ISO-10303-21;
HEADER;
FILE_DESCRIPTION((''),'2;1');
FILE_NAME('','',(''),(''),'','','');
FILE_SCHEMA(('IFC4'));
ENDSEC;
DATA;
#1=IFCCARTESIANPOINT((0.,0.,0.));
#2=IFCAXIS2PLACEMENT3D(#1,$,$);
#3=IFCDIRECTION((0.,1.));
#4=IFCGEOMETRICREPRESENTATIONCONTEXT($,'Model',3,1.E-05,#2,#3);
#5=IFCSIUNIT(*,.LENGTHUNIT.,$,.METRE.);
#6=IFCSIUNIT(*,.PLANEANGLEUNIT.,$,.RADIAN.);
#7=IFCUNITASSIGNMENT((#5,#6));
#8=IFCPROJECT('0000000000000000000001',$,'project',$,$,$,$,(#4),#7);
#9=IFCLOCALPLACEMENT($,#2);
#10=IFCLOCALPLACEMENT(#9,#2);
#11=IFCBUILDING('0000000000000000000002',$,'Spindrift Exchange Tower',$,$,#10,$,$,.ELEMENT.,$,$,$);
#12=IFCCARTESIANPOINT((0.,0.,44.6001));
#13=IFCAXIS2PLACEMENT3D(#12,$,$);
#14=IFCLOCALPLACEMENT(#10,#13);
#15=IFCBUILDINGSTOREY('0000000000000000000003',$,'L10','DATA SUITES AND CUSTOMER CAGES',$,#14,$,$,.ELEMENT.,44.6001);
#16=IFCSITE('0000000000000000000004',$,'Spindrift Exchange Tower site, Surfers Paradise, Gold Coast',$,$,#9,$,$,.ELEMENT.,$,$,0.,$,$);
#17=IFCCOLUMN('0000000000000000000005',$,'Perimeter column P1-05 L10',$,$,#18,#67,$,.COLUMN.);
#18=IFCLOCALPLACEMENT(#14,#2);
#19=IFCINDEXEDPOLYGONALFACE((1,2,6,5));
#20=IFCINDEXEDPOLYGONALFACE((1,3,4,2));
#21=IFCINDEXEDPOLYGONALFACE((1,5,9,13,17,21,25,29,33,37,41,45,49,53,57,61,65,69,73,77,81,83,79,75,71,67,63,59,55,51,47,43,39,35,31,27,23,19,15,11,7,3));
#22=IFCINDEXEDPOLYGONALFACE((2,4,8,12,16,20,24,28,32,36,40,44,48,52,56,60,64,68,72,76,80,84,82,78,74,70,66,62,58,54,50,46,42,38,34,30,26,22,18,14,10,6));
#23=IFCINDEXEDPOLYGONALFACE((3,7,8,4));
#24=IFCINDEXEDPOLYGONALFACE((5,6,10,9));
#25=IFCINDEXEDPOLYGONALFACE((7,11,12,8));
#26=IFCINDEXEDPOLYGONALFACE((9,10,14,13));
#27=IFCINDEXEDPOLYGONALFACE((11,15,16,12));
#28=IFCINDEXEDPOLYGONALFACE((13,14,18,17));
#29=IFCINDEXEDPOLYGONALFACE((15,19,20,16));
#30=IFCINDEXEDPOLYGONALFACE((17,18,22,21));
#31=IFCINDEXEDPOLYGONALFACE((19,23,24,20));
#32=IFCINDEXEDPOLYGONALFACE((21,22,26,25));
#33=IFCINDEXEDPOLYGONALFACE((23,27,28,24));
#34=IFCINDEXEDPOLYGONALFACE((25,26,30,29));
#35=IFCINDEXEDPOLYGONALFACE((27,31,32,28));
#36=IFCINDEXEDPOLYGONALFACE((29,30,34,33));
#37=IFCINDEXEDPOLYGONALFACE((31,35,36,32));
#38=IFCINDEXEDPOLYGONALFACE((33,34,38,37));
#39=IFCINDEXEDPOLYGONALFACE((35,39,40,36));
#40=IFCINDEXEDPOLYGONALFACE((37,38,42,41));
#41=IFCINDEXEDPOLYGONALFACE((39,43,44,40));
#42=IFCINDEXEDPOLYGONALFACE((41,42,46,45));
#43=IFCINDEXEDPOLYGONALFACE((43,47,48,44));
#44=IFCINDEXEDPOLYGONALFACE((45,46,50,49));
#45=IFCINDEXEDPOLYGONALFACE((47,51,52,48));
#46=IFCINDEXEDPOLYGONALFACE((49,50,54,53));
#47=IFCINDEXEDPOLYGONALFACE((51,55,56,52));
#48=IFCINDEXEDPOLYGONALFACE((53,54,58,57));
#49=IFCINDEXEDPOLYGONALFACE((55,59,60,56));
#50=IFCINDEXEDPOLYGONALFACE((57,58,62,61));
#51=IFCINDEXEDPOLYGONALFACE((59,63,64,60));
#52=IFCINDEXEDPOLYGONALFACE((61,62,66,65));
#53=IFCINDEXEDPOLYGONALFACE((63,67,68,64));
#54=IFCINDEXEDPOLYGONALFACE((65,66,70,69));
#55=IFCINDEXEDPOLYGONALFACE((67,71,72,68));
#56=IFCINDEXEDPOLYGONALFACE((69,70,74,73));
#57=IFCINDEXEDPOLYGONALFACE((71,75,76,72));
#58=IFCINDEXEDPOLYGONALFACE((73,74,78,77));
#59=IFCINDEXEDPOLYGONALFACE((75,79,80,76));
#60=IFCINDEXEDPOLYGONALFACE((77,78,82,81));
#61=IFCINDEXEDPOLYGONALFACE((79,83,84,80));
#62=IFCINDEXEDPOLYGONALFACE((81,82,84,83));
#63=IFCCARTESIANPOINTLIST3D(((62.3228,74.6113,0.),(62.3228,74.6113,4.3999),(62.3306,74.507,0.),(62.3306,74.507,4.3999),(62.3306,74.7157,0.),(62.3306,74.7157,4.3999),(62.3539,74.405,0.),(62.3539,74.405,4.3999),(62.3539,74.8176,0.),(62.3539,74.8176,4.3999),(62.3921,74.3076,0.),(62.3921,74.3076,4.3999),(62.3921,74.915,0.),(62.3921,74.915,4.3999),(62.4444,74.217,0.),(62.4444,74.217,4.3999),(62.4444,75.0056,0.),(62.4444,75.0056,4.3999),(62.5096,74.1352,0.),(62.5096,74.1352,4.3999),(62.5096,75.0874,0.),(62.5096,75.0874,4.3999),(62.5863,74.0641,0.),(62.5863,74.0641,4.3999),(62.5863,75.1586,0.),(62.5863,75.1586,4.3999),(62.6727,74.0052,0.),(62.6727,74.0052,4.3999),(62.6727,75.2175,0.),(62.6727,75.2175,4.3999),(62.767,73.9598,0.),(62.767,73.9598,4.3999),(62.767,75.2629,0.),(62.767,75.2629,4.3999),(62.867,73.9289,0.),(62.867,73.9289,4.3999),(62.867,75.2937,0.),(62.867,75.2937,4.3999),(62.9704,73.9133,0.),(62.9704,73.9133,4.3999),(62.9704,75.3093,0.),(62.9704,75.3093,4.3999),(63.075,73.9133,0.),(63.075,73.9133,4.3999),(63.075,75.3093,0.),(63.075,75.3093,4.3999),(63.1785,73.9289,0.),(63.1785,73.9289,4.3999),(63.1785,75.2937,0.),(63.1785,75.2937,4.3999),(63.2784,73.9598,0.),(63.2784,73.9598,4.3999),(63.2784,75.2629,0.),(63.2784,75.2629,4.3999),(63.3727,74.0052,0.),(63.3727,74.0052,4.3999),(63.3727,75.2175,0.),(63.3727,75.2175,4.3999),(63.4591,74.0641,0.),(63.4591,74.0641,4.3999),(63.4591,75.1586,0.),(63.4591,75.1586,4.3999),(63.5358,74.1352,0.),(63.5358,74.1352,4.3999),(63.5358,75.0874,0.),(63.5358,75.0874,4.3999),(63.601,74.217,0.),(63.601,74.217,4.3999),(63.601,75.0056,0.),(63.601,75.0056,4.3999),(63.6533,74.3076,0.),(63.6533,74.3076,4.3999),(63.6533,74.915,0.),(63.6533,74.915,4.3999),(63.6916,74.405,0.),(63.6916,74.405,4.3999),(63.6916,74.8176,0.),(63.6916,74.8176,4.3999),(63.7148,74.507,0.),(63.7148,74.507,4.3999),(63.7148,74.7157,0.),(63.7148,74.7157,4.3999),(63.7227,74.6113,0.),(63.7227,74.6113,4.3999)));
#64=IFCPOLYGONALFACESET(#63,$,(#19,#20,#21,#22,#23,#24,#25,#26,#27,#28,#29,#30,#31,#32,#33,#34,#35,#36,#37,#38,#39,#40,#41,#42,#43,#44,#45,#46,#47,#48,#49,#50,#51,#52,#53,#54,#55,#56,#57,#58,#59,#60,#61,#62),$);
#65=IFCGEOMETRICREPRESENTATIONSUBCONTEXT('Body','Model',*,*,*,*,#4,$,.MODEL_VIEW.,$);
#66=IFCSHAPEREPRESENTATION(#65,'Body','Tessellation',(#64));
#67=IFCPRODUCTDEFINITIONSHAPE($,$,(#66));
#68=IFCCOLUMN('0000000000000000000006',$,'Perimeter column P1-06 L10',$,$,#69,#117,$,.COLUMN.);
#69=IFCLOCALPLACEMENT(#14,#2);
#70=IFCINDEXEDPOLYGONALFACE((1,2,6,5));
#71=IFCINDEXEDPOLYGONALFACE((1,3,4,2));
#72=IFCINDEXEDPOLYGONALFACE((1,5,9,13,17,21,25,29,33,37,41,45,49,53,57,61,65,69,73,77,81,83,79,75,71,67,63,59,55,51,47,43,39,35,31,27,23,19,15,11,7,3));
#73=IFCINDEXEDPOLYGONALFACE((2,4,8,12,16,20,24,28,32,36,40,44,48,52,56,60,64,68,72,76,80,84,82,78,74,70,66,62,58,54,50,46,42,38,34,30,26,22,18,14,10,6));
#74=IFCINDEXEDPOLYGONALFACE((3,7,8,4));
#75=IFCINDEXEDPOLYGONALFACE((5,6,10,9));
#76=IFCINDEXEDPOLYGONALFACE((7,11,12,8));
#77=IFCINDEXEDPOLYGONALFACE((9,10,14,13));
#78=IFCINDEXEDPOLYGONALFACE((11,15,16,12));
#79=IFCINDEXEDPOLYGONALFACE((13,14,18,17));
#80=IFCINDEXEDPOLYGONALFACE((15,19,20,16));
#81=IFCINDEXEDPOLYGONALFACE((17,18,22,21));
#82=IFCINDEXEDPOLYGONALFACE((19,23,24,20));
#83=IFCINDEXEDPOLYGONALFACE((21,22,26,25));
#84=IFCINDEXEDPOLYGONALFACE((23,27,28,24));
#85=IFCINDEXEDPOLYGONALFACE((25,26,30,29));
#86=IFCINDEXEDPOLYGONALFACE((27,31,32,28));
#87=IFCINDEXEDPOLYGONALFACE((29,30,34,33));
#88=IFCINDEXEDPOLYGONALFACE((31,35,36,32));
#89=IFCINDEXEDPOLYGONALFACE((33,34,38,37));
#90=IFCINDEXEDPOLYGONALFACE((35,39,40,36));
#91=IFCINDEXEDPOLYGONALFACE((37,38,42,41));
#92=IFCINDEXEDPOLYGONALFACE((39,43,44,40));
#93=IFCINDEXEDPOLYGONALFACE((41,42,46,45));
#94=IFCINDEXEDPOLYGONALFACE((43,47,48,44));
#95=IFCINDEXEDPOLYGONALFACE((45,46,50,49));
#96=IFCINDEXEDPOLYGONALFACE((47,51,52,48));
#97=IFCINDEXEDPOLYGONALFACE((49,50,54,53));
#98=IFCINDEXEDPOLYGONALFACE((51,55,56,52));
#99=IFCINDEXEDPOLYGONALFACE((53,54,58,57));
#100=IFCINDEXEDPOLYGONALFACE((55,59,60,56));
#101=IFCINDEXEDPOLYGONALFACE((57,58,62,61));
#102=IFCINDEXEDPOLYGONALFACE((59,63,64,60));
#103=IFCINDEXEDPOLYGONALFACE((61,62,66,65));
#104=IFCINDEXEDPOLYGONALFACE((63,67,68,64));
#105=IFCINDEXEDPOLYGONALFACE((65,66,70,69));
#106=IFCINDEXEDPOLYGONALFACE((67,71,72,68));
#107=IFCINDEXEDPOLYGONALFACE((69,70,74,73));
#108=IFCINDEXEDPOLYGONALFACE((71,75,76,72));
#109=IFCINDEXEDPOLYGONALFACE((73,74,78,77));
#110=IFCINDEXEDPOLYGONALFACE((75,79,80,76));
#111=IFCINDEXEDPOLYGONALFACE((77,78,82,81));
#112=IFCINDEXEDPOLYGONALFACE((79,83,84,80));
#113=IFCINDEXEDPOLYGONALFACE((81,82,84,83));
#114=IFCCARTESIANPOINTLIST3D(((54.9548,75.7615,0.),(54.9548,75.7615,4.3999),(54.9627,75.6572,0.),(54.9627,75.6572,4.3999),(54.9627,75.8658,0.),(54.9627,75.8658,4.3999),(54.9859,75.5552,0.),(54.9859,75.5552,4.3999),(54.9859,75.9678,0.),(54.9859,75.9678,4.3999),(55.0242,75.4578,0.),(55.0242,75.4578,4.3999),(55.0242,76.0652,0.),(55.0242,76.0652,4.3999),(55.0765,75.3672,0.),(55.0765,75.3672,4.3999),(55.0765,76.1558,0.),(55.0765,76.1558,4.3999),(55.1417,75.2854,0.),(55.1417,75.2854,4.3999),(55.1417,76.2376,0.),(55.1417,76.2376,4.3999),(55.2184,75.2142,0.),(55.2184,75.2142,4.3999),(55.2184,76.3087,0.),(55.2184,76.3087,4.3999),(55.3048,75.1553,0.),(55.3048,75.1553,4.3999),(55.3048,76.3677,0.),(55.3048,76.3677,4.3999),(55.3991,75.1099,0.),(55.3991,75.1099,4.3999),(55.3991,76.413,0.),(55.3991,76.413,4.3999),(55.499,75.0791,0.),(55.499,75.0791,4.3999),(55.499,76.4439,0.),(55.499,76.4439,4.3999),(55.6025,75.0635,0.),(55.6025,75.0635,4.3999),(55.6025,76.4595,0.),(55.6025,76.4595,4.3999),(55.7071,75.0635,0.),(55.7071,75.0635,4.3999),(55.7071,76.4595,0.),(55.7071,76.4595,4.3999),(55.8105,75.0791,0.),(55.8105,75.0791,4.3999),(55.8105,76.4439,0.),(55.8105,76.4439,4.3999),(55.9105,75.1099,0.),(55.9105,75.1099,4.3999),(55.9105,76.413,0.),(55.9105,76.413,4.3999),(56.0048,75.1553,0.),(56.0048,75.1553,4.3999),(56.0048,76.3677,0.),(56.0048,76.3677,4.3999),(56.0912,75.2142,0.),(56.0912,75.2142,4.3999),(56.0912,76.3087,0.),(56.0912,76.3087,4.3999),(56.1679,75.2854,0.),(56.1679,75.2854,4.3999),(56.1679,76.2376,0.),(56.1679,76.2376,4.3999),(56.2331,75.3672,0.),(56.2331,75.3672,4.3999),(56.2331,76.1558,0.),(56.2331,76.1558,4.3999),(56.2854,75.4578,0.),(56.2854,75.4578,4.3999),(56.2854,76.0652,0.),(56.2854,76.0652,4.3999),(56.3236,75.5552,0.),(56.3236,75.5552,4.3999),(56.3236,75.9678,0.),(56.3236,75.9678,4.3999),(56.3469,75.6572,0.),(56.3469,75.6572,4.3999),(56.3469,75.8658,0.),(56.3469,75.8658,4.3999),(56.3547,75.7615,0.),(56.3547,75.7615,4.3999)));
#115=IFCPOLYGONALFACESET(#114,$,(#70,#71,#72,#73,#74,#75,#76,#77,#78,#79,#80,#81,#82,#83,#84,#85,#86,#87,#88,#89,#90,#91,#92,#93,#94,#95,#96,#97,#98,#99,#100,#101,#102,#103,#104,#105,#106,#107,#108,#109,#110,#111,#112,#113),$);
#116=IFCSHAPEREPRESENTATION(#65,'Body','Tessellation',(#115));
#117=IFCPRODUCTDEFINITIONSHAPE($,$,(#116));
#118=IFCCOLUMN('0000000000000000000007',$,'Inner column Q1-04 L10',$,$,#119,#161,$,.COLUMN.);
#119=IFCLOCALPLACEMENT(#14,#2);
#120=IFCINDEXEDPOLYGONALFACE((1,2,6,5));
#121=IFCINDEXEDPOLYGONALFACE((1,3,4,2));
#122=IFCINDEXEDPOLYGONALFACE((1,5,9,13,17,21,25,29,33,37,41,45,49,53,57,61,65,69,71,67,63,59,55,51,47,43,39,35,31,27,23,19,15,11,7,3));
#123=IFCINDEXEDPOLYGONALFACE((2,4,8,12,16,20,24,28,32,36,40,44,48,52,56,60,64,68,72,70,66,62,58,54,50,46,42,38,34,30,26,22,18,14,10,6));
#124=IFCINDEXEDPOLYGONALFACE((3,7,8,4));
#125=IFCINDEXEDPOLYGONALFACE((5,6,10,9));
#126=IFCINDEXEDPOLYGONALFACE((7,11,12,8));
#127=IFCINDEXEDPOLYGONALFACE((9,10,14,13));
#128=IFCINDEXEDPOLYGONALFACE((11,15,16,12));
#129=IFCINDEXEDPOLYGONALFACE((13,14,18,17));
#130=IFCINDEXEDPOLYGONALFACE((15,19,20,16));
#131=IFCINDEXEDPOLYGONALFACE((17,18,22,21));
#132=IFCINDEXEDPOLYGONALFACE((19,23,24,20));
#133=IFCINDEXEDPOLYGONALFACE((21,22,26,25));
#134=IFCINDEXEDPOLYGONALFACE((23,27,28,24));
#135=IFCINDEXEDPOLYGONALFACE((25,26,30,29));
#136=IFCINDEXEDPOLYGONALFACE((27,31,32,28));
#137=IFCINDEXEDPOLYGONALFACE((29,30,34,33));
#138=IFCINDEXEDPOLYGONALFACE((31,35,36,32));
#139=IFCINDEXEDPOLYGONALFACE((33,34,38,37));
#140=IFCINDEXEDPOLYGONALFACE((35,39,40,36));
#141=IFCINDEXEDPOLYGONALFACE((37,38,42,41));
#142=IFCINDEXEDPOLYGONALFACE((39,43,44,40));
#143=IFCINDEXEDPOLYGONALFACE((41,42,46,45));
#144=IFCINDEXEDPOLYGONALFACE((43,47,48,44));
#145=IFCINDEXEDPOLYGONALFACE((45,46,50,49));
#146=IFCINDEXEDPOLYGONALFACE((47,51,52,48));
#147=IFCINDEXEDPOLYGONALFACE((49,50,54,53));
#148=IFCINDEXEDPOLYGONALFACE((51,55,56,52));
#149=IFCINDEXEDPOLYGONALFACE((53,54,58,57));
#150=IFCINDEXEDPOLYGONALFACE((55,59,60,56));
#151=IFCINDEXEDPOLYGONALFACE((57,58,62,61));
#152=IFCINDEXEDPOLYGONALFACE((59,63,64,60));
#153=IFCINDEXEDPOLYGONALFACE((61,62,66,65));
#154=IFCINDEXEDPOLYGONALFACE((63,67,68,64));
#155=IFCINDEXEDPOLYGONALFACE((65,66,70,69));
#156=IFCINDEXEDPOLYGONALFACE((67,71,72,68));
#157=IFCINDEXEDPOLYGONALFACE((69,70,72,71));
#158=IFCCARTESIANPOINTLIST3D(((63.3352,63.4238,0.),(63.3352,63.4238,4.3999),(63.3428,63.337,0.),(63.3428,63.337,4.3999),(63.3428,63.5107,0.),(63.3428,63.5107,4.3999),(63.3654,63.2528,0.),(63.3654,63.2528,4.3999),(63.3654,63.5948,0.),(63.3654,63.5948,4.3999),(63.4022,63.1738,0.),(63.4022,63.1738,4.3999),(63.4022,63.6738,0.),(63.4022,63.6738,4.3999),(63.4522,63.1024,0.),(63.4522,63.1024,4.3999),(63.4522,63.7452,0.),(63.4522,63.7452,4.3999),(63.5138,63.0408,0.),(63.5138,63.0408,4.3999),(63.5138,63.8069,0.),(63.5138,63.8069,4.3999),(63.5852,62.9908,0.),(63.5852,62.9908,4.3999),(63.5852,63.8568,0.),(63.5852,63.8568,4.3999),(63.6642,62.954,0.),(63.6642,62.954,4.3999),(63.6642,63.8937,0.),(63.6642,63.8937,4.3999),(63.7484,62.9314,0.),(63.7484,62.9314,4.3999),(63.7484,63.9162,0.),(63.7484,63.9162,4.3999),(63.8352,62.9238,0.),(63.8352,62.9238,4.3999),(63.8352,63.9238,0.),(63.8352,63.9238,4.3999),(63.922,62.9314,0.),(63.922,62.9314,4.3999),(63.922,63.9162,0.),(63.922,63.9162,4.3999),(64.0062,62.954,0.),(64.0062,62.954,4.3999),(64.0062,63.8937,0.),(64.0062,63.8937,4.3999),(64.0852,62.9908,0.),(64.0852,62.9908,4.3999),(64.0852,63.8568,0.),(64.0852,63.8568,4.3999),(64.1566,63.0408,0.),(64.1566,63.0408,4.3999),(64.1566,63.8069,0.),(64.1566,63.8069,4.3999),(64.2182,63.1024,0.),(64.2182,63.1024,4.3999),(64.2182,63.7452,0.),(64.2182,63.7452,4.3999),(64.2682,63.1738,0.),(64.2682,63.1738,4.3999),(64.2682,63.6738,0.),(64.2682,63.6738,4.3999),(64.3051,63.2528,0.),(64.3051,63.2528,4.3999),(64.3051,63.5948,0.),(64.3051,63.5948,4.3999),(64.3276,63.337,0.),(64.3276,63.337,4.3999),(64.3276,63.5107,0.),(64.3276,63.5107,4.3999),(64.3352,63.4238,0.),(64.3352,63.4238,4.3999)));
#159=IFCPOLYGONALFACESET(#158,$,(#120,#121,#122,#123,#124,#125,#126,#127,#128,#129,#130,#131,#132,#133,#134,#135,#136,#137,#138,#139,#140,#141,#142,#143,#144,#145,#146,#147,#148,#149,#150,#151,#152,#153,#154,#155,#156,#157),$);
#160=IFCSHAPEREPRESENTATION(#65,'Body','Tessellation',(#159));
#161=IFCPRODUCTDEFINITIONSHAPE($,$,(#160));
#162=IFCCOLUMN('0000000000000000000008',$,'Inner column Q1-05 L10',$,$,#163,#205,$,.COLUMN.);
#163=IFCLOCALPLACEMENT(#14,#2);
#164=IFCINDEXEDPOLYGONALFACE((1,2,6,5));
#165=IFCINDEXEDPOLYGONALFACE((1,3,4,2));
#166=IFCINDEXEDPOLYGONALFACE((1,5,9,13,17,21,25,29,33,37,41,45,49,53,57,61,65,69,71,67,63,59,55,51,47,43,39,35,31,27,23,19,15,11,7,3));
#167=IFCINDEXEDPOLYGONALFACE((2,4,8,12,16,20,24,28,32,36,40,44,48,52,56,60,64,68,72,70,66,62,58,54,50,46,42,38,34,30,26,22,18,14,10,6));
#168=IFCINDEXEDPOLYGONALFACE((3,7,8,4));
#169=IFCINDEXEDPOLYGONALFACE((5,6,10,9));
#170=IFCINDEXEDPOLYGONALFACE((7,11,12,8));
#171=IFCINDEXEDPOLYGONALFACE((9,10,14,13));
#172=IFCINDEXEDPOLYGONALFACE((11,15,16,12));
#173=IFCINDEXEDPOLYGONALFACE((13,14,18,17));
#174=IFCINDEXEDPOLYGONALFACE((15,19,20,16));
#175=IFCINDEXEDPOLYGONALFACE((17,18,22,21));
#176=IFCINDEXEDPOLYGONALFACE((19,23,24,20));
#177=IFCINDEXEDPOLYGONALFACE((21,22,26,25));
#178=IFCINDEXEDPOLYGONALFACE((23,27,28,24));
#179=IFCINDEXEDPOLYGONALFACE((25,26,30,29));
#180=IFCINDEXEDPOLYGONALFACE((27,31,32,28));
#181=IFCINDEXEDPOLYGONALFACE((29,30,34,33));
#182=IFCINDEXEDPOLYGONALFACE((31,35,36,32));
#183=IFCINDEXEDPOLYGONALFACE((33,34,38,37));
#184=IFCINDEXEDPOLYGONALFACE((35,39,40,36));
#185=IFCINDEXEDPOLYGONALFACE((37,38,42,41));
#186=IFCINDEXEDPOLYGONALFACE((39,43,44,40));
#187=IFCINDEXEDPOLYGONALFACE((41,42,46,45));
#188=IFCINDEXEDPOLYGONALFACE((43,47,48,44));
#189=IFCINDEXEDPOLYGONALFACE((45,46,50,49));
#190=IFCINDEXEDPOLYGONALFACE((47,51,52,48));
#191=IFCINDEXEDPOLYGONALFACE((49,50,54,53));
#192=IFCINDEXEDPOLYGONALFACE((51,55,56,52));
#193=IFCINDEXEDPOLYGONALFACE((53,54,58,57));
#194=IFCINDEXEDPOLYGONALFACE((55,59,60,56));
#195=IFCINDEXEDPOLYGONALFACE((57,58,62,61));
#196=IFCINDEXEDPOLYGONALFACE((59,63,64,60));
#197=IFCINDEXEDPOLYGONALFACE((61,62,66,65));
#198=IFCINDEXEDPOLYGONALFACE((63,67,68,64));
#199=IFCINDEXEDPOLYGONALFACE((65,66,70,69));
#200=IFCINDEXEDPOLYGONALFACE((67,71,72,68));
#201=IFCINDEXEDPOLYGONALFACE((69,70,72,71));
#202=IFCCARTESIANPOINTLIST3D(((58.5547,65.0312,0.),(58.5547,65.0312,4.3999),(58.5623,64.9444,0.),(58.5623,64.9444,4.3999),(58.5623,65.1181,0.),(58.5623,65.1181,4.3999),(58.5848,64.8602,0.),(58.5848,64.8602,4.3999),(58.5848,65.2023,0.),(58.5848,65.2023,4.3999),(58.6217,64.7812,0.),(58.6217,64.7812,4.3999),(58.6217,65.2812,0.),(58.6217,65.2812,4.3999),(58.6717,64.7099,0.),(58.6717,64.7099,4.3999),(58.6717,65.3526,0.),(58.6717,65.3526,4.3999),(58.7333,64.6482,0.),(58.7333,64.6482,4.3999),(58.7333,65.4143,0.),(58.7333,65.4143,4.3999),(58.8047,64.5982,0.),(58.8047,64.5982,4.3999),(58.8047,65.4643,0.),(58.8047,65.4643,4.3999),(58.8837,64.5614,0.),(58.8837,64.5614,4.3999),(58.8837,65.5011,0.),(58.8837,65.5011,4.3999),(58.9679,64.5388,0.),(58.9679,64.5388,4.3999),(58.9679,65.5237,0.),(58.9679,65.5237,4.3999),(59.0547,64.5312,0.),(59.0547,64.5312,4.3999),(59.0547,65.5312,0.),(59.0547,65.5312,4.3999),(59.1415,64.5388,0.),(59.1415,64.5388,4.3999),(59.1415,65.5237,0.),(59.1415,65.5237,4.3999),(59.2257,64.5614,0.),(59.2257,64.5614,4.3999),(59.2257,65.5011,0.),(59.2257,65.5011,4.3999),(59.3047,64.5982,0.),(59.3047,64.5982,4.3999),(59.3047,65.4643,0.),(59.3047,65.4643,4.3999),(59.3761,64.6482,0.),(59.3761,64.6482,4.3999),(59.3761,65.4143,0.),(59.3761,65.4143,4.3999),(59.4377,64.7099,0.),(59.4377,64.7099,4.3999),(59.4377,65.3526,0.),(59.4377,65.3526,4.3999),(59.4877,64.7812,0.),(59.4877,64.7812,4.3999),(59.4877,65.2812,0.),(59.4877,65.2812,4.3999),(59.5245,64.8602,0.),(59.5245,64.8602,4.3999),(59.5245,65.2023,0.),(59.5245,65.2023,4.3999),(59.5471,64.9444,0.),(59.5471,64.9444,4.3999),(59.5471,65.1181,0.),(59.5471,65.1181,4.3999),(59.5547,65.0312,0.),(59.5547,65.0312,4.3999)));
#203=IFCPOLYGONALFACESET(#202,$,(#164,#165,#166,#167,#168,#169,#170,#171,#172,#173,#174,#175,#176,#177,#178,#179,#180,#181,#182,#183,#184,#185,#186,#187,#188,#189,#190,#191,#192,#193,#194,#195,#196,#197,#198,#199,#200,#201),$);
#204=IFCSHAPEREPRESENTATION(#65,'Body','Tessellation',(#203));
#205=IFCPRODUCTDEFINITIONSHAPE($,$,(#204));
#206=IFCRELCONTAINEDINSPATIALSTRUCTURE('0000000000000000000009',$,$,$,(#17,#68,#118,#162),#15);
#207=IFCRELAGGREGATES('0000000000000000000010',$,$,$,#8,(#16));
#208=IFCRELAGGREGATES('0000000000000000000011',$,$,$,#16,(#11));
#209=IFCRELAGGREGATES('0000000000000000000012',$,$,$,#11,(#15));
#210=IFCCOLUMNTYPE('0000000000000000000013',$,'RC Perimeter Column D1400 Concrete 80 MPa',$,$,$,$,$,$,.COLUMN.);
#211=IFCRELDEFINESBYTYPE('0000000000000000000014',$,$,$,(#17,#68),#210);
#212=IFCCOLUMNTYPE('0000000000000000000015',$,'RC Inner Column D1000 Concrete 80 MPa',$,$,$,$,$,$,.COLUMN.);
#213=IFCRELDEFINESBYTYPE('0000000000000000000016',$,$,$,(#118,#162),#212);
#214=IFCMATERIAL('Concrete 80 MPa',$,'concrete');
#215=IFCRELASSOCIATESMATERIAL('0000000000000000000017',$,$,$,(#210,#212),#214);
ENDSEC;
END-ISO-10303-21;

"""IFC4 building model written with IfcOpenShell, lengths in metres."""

from ifc_helpers import new_model, si_unit, direction, frame, origin, origin_2d, place, context, subcontext, project, spatial, circle, extrude, source, transform, mapped, material, material_profile, profile_set, type_object, element, save


model = new_model("IFC4")

# Units and contexts
model_context = context("Model", 3, precision=1e-05, world=origin(), true_north=direction((0.0, 1.0)))
body_context = subcontext(model_context, "Body", "Model", "MODEL_VIEW")
ifc_project = project(units=[si_unit("LENGTHUNIT", "METRE"), si_unit("PLANEANGLEUNIT", "RADIAN")], contexts=[model_context])

# Site, building, storey
site_placement = place(None, origin())
site = spatial("IfcSite", under=ifc_project, at=site_placement, Name="Spindrift Exchange Tower site, Surfers Paradise, Gold Coast", CompositionType="ELEMENT", RefElevation=0.0)
building_placement = place(site_placement, origin())
building = spatial("IfcBuilding", under=site, at=building_placement, Name="Spindrift Exchange Tower", CompositionType="ELEMENT")
storey_placement = place(building_placement, frame((0.0, 0.0, 44.6001)))
storey = spatial("IfcBuildingStorey", under=building, at=storey_placement, Name="L10", Description="DATA SUITES AND CUSTOMER CAGES", CompositionType="ELEMENT", Elevation=44.6001)

# Columns
ifc_material_1 = material(Name="Concrete 80 MPa", Category="concrete")
ifc_material_profile_1 = material_profile(ifc_material_1, circle(Radius=0.7, at=origin_2d()), Name="RC D1400")
ifc_profile_set_1 = profile_set([ifc_material_profile_1], Name="Concrete 80 MPa")
column_type_1 = type_object("IfcColumnType", Name="RC Perimeter Column D1400 Concrete 80 MPa", PredefinedType="COLUMN", material=ifc_profile_set_1)
shared_shape_1 = source(origin(), body_context, "Body", "SweptSolid", [
    extrude(circle(Radius=0.7, at=origin_2d()), origin(), (0.0, 0.0, 1.0), 4.3999),
])
for number, where, z_axis, x_axis, name in (
    (1, (63.0227, 74.6113, 0.0), (0.0, 0.0, 1.0), (1.0, 0.0, 0.0), "Perimeter column P1-05 L10"),
    (2, (55.6548, 75.7615, 0.0), (0.0, 0.0, 1.0), (1.0, 0.0, 0.0), "Perimeter column P1-06 L10"),
):
    element("IfcColumn", number, at=place(storey_placement, frame(where, z_axis=z_axis, x_axis=x_axis)), inside=storey, type_object=column_type_1, Name=name, PredefinedType="COLUMN", context=body_context, shape_type="MappedRepresentation", body=[
        mapped(shared_shape_1, transform((0.0, 0.0, 0.0), scale=1.0)),
    ])
ifc_material_profile_2 = material_profile(ifc_material_1, circle(Radius=0.5, at=origin_2d()), Name="RC D1000")
ifc_profile_set_2 = profile_set([ifc_material_profile_2], Name="Concrete 80 MPa")
column_type_2 = type_object("IfcColumnType", Name="RC Inner Column D1000 Concrete 80 MPa", PredefinedType="COLUMN", material=ifc_profile_set_2)
shared_shape_2 = source(origin(), body_context, "Body", "SweptSolid", [
    extrude(circle(Radius=0.5, at=origin_2d()), origin(), (0.0, 0.0, 1.0), 4.3999),
])
for number, where, z_axis, x_axis, name in (
    (3, (63.8352, 63.4238, 0.0), (0.0, 0.0, 1.0), (1.0, 0.0, 0.0), "Inner column Q1-04 L10"),
    (4, (59.0547, 65.0312, 0.0), (0.0, 0.0, 1.0), (1.0, 0.0, 0.0), "Inner column Q1-05 L10"),
):
    element("IfcColumn", number, at=place(storey_placement, frame(where, z_axis=z_axis, x_axis=x_axis)), inside=storey, type_object=column_type_2, Name=name, PredefinedType="COLUMN", context=body_context, shape_type="MappedRepresentation", body=[
        mapped(shared_shape_2, transform((0.0, 0.0, 0.0), scale=1.0)),
    ])

save(model, "model.ifc")
